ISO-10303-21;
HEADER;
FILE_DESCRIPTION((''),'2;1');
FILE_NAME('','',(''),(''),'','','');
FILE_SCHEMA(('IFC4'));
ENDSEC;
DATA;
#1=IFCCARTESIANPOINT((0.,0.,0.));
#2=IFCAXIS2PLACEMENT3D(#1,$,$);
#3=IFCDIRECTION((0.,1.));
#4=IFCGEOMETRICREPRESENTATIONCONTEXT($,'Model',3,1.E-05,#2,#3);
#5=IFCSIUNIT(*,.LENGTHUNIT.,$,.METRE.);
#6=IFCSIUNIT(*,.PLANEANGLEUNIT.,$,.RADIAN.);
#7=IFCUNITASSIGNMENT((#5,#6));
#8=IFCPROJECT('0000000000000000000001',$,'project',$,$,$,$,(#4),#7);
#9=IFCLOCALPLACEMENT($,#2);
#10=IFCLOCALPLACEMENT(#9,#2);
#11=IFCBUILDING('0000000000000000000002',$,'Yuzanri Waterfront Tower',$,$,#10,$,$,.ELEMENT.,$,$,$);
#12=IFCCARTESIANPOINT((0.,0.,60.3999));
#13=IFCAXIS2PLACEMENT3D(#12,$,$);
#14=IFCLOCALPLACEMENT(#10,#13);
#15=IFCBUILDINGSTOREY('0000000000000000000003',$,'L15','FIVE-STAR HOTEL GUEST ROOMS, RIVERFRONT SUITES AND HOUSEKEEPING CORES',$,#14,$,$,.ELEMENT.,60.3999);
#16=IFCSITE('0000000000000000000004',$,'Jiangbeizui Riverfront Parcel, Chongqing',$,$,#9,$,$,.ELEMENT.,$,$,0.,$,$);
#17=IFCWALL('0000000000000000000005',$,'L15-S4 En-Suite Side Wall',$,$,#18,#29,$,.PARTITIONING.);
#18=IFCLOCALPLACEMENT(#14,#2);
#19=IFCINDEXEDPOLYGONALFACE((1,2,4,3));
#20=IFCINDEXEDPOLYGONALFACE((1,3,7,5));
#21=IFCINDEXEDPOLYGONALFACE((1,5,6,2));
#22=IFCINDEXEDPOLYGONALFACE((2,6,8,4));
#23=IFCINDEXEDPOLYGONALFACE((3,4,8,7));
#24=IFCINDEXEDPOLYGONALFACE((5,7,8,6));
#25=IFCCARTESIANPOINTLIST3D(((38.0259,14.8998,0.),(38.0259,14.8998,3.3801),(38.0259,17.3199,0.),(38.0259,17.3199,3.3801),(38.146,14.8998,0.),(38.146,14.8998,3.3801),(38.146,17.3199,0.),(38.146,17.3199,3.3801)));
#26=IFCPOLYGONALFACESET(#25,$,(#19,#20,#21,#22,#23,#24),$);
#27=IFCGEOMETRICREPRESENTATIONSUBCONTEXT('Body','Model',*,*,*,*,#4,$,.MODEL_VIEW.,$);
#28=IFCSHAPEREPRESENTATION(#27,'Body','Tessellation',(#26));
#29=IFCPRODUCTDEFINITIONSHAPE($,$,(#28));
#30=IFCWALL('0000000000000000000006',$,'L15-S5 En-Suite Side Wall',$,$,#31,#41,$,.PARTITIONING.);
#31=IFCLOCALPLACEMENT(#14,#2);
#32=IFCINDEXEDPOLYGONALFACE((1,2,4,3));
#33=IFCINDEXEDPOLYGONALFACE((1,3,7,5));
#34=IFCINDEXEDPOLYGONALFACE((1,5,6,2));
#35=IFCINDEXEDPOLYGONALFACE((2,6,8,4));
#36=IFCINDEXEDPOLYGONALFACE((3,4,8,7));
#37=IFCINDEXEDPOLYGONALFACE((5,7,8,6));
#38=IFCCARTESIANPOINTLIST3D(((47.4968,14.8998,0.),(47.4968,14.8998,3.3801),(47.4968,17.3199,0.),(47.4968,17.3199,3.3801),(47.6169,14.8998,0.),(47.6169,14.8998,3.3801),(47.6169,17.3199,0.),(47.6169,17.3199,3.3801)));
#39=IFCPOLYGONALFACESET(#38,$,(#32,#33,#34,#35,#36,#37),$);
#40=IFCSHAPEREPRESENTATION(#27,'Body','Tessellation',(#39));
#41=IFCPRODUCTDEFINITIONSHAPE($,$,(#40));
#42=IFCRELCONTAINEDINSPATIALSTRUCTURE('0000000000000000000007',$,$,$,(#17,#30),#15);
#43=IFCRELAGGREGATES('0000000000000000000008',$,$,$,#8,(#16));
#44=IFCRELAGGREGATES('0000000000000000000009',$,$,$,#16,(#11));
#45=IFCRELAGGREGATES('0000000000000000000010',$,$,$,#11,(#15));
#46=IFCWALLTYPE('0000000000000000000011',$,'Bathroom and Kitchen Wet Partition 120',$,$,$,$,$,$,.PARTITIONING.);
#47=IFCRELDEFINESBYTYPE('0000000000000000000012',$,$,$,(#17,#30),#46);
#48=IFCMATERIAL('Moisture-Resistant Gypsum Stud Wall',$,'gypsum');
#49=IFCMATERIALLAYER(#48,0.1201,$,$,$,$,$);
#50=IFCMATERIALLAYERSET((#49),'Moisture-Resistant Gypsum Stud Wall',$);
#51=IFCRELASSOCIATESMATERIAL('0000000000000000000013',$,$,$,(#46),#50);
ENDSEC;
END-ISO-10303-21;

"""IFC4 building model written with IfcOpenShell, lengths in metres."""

from ifc_helpers import new_model, si_unit, direction, frame, frame_2d, origin, place, context, subcontext, project, spatial, rectangle, extrude, source, transform, mapped, material, layer, layer_set, type_object, element, save


model = new_model("IFC4")

# Units and contexts
model_context = context("Model", 3, precision=1e-05, world=origin(), true_north=direction((0.0, 1.0)))
body_context = subcontext(model_context, "Body", "Model", "MODEL_VIEW")
ifc_project = project(units=[si_unit("LENGTHUNIT", "METRE"), si_unit("PLANEANGLEUNIT", "RADIAN")], contexts=[model_context])

# Site, building, storey
site_placement = place(None, origin())
site = spatial("IfcSite", under=ifc_project, at=site_placement, Name="Jiangbeizui Riverfront Parcel, Chongqing", CompositionType="ELEMENT", RefElevation=0.0)
building_placement = place(site_placement, origin())
building = spatial("IfcBuilding", under=site, at=building_placement, Name="Yuzanri Waterfront Tower", CompositionType="ELEMENT")
storey_placement = place(building_placement, frame((0.0, 0.0, 60.3999)))
storey = spatial("IfcBuildingStorey", under=building, at=storey_placement, Name="L15", Description="FIVE-STAR HOTEL GUEST ROOMS, RIVERFRONT SUITES AND HOUSEKEEPING CORES", CompositionType="ELEMENT", Elevation=60.3999)

# Shared definitions
ifc_material_1 = material(Name="Moisture-Resistant Gypsum Stud Wall", Category="gypsum")
ifc_layer_1 = layer(ifc_material_1, 0.1201)
ifc_layer_set_1 = layer_set([ifc_layer_1], Name="Moisture-Resistant Gypsum Stud Wall")
wall_type_1 = type_object("IfcWallType", Name="Bathroom and Kitchen Wet Partition 120", PredefinedType="PARTITIONING", material=ifc_layer_set_1)

# Walls
shared_shape_1 = source(origin(), body_context, "Body", "SweptSolid", [
    extrude(rectangle(XDim=2.4202, YDim=0.1201, at=frame_2d((1.21, 0.0))), origin(), (0.0, 0.0, 1.0), 3.3801),
])
for number, where, z_axis, x_axis, name in (
    (1, (38.0859, 14.8999, 0.0), (0.0, 0.0, 1.0), (0.0, 1.0, 0.0), "L15-S4 En-Suite Side Wall"),
    (2, (47.5569, 14.8999, 0.0), (0.0, 0.0, 1.0), (0.0, 1.0, 0.0), "L15-S5 En-Suite Side Wall"),
):
    element("IfcWall", number, at=place(storey_placement, frame(where, z_axis=z_axis, x_axis=x_axis)), inside=storey, type_object=wall_type_1, Name=name, PredefinedType="PARTITIONING", context=body_context, shape_type="MappedRepresentation", body=[
        mapped(shared_shape_1, transform((0.0, 0.0, 0.0), scale=1.0)),
    ])

save(model, "model.ifc")
